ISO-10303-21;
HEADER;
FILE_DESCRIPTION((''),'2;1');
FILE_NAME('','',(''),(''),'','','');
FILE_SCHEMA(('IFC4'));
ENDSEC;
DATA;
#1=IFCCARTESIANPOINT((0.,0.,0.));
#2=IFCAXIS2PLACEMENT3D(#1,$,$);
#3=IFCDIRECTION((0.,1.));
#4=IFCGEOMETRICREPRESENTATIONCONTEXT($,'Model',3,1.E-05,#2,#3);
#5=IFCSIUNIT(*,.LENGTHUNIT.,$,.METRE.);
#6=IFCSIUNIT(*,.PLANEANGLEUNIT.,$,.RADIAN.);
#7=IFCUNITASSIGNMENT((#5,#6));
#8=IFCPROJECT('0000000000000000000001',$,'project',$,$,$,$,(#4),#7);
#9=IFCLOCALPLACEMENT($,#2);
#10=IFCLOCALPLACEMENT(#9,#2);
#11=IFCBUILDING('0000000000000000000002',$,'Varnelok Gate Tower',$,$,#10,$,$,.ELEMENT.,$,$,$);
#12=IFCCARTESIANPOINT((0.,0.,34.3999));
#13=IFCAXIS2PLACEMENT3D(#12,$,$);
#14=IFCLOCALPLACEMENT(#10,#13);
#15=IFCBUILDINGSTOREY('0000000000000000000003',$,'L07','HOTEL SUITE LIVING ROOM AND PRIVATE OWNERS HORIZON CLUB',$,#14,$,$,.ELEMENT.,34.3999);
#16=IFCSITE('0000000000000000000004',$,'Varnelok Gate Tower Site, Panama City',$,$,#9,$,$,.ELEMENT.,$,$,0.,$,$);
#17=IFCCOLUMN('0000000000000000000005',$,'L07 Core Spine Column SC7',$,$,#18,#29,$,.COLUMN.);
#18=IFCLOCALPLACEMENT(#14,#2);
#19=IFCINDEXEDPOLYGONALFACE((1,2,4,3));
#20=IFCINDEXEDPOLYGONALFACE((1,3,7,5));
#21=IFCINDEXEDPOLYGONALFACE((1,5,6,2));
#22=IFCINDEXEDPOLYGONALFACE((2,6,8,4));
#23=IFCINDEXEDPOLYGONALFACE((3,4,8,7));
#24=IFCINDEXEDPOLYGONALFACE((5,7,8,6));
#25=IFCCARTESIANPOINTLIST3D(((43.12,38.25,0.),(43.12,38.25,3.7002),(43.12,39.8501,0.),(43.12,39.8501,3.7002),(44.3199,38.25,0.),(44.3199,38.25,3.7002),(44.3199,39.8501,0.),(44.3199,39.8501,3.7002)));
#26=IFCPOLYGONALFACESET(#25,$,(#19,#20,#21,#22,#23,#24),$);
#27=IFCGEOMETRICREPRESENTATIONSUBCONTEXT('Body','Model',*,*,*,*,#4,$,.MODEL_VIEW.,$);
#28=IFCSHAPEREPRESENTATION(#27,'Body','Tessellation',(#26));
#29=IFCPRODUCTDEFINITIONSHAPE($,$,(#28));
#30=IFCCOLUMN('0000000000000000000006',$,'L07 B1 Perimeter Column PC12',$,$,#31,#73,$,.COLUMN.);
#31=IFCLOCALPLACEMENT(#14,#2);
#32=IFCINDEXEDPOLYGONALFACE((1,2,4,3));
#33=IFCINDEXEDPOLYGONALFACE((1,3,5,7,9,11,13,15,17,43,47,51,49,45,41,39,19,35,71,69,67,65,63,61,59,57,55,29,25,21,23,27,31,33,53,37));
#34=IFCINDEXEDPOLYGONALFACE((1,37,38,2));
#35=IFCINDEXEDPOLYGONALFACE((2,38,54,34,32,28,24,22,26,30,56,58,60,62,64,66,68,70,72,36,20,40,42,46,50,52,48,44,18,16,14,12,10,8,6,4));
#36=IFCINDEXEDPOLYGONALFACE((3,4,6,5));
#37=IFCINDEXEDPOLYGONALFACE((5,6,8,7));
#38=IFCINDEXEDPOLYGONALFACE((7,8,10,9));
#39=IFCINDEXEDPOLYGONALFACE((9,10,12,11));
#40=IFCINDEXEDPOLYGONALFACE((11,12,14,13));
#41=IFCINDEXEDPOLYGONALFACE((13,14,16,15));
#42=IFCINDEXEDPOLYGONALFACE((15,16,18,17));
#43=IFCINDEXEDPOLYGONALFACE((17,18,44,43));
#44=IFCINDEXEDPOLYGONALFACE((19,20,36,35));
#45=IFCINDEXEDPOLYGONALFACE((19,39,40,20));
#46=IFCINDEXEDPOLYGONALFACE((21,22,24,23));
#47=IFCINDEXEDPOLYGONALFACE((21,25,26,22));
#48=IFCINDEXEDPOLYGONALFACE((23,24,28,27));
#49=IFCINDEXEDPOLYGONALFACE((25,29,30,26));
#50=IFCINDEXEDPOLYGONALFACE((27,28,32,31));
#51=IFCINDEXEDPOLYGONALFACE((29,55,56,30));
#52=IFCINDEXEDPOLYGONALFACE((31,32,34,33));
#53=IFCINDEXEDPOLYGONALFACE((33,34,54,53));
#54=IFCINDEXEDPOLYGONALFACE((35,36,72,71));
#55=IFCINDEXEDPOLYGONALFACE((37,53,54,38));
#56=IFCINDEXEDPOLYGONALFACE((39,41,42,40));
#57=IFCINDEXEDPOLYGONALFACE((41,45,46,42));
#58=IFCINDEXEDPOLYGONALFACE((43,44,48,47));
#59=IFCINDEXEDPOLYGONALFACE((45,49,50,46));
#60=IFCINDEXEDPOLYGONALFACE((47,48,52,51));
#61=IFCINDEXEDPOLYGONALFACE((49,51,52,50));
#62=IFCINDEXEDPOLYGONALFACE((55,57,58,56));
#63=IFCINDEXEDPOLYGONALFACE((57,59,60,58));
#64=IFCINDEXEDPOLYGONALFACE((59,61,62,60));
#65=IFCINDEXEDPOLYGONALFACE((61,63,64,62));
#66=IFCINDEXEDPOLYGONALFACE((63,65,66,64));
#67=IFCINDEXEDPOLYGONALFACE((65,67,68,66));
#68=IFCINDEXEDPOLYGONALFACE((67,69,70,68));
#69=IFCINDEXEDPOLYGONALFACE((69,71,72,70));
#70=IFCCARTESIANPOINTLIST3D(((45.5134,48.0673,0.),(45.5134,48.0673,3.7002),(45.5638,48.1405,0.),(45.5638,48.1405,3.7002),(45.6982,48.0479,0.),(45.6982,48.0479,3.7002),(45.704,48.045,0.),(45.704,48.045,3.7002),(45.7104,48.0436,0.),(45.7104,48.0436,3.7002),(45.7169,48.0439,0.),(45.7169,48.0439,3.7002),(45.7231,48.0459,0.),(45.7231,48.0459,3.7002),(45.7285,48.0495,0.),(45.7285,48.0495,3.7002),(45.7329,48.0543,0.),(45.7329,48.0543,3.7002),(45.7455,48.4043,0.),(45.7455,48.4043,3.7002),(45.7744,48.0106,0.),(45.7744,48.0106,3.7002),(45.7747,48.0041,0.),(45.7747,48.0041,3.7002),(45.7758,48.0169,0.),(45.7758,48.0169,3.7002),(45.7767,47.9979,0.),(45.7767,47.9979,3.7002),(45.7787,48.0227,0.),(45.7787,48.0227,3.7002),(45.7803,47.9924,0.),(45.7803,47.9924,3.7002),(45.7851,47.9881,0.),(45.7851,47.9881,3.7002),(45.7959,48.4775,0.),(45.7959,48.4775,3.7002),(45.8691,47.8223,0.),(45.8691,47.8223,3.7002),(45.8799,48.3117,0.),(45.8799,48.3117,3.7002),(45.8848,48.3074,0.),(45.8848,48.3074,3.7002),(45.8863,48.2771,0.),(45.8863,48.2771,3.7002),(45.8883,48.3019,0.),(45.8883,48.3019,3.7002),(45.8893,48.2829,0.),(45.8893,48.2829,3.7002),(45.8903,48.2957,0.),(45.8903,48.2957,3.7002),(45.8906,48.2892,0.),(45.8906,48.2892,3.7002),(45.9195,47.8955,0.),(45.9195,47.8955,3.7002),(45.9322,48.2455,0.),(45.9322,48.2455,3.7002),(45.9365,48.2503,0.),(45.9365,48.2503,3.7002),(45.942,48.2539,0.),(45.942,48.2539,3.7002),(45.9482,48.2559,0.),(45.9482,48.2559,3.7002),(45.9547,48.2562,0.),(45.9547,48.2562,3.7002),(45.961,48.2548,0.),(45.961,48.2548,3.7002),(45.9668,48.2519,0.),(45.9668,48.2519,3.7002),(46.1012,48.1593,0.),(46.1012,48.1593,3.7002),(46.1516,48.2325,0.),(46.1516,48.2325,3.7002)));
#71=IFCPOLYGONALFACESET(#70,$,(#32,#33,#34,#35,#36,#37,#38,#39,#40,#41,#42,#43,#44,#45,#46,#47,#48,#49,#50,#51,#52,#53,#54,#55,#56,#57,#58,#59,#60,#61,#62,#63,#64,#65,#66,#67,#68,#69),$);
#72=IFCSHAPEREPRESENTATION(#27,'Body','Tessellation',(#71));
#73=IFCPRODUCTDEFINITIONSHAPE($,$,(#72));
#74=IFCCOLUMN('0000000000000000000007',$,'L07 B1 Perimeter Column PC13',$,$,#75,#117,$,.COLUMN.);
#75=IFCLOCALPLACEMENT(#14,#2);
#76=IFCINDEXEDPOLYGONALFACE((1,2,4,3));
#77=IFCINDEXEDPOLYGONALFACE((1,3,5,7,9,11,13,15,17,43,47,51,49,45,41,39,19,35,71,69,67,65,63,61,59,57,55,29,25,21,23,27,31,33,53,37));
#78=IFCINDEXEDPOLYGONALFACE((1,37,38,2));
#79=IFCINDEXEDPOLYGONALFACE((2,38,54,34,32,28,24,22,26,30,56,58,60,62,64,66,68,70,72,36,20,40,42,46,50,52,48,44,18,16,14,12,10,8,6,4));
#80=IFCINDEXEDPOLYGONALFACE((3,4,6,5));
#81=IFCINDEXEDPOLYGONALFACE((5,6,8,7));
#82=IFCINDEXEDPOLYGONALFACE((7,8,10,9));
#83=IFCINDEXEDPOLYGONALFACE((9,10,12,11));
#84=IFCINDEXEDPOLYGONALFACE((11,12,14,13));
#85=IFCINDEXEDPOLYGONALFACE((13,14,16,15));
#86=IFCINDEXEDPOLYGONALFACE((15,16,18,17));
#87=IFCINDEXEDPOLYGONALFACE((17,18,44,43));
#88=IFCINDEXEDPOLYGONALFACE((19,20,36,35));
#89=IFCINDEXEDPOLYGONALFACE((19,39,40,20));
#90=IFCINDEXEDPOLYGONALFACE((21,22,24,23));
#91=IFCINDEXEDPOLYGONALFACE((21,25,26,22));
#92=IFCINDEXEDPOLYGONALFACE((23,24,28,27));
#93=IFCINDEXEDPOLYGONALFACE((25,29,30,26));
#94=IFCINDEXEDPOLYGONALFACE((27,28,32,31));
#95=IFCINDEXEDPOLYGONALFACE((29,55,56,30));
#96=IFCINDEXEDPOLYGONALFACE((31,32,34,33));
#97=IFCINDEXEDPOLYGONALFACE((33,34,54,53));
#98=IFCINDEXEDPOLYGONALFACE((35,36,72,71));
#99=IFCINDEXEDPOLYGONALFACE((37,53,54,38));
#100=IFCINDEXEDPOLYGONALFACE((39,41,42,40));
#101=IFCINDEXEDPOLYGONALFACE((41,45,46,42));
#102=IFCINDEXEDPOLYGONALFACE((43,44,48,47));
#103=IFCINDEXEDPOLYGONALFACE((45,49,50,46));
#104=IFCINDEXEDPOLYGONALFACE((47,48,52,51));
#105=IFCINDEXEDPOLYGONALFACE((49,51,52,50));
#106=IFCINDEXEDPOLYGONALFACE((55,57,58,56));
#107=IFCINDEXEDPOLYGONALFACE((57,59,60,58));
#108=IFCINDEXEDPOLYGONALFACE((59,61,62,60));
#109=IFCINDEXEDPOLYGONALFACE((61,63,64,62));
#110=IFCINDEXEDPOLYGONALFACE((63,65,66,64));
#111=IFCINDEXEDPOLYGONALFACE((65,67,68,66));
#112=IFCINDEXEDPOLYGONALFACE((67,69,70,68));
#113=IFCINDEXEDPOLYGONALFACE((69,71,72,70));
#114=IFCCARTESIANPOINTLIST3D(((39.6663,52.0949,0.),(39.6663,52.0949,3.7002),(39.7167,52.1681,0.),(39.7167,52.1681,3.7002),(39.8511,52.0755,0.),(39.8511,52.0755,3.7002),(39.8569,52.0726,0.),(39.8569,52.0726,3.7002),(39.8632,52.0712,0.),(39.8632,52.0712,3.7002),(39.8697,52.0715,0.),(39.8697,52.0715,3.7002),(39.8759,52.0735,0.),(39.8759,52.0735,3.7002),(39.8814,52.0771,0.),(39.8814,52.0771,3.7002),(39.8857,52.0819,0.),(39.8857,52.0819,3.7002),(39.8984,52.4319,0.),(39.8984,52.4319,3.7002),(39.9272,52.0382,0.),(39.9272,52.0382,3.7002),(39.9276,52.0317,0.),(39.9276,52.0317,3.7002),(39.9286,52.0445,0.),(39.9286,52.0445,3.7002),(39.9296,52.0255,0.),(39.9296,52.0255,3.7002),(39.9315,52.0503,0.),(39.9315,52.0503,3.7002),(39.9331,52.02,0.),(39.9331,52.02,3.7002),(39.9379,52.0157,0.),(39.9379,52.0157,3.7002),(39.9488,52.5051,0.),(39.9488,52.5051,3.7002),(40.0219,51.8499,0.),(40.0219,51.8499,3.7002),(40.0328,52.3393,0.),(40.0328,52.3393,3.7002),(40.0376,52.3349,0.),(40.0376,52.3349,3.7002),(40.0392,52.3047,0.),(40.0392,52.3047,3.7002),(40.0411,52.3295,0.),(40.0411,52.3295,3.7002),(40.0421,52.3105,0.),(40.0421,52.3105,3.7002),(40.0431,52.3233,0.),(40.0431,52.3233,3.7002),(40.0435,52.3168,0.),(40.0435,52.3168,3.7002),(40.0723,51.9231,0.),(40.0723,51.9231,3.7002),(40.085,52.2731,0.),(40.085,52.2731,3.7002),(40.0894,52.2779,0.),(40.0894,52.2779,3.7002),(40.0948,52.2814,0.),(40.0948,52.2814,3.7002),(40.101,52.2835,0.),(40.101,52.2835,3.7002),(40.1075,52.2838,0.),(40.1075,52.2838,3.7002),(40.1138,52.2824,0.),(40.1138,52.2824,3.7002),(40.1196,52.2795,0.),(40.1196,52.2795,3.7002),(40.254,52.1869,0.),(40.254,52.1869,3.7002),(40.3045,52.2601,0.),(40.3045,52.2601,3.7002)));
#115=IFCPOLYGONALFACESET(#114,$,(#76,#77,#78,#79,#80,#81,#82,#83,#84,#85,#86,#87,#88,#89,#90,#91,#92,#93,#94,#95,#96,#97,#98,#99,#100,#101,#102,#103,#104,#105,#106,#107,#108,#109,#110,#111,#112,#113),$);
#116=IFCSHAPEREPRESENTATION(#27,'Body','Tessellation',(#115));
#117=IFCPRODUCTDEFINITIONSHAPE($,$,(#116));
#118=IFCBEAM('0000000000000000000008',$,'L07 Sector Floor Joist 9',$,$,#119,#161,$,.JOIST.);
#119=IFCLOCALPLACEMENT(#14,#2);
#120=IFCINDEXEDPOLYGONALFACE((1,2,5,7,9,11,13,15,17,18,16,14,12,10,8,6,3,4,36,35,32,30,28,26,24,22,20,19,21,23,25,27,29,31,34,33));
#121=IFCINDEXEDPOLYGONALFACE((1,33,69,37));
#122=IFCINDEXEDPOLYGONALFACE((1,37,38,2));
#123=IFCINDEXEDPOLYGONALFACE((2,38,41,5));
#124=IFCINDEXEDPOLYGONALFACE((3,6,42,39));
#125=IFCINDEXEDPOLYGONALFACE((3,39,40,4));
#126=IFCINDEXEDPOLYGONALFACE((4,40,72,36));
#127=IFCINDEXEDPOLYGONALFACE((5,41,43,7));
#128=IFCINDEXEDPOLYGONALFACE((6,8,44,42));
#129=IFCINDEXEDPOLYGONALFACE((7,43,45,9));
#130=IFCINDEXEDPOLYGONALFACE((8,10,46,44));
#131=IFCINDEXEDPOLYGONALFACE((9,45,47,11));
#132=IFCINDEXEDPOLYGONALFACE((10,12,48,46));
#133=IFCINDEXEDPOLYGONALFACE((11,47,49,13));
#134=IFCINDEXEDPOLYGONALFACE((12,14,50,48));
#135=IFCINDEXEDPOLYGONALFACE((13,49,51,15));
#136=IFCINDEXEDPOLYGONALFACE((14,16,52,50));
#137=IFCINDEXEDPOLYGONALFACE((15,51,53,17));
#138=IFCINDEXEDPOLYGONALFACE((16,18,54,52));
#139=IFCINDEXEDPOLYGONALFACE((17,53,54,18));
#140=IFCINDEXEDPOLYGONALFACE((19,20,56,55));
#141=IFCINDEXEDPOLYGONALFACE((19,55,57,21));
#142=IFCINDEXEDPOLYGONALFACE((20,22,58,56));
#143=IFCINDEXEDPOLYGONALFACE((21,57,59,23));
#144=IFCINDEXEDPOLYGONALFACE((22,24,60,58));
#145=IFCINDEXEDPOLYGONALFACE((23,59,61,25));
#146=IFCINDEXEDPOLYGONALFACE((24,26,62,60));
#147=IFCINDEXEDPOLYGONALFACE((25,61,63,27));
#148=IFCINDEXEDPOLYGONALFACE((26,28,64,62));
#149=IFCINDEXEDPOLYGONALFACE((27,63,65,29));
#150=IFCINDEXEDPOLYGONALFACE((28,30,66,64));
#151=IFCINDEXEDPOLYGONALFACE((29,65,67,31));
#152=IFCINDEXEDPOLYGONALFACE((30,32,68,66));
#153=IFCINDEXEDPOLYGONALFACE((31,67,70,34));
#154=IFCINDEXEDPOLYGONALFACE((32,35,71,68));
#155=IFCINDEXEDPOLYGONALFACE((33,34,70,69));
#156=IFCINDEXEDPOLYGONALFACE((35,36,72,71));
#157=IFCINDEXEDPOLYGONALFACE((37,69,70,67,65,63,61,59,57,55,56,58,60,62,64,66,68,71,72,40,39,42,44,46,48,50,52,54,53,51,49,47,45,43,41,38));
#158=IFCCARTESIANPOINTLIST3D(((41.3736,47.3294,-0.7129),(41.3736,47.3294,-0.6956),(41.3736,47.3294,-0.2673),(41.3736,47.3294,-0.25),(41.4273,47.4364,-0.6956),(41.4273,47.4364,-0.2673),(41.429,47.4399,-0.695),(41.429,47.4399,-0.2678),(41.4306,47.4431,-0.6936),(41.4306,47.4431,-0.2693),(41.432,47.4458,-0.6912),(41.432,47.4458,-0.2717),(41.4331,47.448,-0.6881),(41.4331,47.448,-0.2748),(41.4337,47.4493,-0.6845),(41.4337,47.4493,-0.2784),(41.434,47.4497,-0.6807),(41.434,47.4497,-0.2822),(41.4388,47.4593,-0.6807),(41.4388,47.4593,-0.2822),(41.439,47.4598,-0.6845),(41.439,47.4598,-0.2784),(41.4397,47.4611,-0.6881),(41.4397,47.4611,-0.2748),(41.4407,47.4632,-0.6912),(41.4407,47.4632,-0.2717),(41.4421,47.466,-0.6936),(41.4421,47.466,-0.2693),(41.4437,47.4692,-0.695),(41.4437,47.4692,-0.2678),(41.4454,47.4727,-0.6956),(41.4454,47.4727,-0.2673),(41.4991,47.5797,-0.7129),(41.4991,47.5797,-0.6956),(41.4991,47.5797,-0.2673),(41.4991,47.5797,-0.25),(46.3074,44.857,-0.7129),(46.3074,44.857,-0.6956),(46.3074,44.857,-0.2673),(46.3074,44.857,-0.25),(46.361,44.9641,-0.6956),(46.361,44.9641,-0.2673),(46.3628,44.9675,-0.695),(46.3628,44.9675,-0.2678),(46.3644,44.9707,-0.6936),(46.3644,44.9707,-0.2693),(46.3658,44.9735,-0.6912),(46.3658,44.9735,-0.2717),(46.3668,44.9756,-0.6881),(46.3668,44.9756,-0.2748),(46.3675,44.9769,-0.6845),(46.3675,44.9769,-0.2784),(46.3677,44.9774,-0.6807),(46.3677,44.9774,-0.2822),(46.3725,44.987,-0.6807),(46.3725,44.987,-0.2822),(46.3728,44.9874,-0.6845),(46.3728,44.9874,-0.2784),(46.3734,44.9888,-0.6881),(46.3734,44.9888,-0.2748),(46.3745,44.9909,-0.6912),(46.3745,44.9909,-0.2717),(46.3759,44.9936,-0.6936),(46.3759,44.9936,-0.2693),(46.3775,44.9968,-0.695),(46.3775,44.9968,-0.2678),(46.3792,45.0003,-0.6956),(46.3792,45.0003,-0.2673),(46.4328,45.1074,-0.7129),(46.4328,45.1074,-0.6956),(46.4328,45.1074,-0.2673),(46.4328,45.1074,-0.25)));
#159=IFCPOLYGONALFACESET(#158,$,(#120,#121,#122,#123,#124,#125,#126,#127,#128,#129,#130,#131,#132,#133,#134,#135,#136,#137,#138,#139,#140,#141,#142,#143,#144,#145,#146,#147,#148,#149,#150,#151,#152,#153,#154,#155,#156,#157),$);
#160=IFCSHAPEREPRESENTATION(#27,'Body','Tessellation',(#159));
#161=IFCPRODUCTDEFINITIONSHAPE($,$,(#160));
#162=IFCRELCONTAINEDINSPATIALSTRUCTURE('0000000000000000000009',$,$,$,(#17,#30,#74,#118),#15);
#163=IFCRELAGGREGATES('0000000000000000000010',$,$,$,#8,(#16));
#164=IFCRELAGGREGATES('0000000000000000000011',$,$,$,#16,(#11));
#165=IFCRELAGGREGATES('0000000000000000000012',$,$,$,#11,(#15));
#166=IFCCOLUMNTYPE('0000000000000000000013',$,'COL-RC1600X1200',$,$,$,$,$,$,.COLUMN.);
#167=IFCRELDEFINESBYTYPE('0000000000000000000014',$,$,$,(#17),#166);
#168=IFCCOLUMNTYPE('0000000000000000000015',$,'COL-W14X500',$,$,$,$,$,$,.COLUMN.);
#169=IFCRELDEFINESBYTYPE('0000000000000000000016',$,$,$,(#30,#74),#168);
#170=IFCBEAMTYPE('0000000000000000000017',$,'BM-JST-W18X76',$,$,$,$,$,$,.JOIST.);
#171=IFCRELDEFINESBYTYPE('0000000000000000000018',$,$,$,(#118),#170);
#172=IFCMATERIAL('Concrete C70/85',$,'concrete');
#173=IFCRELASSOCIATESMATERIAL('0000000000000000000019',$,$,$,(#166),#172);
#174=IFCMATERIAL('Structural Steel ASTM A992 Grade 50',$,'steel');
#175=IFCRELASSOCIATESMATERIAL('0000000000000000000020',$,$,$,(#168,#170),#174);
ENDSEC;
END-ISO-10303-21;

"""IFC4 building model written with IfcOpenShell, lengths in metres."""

from ifc_helpers import new_model, si_unit, direction, frame, origin, origin_2d, place, context, subcontext, project, spatial, rectangle, i_section, extrude, material, material_profile, profile_set, type_object, element, save


model = new_model("IFC4")

# Units and contexts
model_context = context("Model", 3, precision=1e-05, world=origin(), true_north=direction((0.0, 1.0)))
body_context = subcontext(model_context, "Body", "Model", "MODEL_VIEW")
ifc_project = project(units=[si_unit("LENGTHUNIT", "METRE"), si_unit("PLANEANGLEUNIT", "RADIAN")], contexts=[model_context])

# Site, building, storey
site_placement = place(None, origin())
site = spatial("IfcSite", under=ifc_project, at=site_placement, Name="Varnelok Gate Tower Site, Panama City", CompositionType="ELEMENT", RefElevation=0.0)
building_placement = place(site_placement, origin())
building = spatial("IfcBuilding", under=site, at=building_placement, Name="Varnelok Gate Tower", CompositionType="ELEMENT")
storey_placement = place(building_placement, frame((0.0, 0.0, 34.3999)))
storey = spatial("IfcBuildingStorey", under=building, at=storey_placement, Name="L07", Description="HOTEL SUITE LIVING ROOM AND PRIVATE OWNERS HORIZON CLUB", CompositionType="ELEMENT", Elevation=34.3999)

# Columns
ifc_material_1 = material(Name="Concrete C70/85", Category="concrete")
ifc_material_profile_1 = material_profile(ifc_material_1, rectangle(XDim=1.2, YDim=1.6001, at=origin_2d()), Name="RC1600X1200")
ifc_profile_set_1 = profile_set([ifc_material_profile_1], Name="Concrete C70/85")
column_type_1 = type_object("IfcColumnType", Name="COL-RC1600X1200", PredefinedType="COLUMN", material=ifc_profile_set_1)
column_placement = place(storey_placement, frame((43.72, 39.05, 0.0), z_axis=(0.0, 0.0, 1.0), x_axis=(1.0, 0.0, 0.0)))
element("IfcColumn", 1, at=column_placement, inside=storey, type_object=column_type_1, Name="L07 Core Spine Column SC7", PredefinedType="COLUMN", context=body_context, shape_type="SweptSolid", body=[
    extrude(rectangle(XDim=1.2, YDim=1.6001, at=origin_2d()), origin(), (0.0, 0.0, 1.0), 3.7002),
])
ifc_material_2 = material(Name="Structural Steel ASTM A992 Grade 50", Category="steel")
ifc_material_profile_2 = material_profile(ifc_material_2, i_section(OverallWidth=0.4319, OverallDepth=0.498, WebThickness=0.0557, FlangeThickness=0.0889, FilletRadius=0.0249, at=origin_2d()), Name="W14X500")
ifc_profile_set_2 = profile_set([ifc_material_profile_2], Name="Structural Steel ASTM A992 Grade 50")
column_type_2 = type_object("IfcColumnType", Name="COL-W14X500", PredefinedType="COLUMN", material=ifc_profile_set_2)
for number, where, z_axis, x_axis, name in (
    (2, (45.8325, 48.1499, 0.0), (0.0, 0.0, 1.0), (0.823533, -0.567269, 0.0), "L07 B1 Perimeter Column PC12"),
    (3, (39.9854, 52.1775, 0.0), (0.0, 0.0, 1.0), (0.823533, -0.567269, 0.0), "L07 B1 Perimeter Column PC13"),
):
    element("IfcColumn", number, at=place(storey_placement, frame(where, z_axis=z_axis, x_axis=x_axis)), inside=storey, type_object=column_type_2, Name=name, PredefinedType="COLUMN", context=body_context, shape_type="SweptSolid", body=[
        extrude(i_section(OverallWidth=0.4319, OverallDepth=0.498, WebThickness=0.0557, FlangeThickness=0.0889, FilletRadius=0.0249, at=origin_2d()), origin(), (0.0, 0.0, 1.0), 3.7002),
    ])

# Beam
ifc_material_profile_3 = material_profile(ifc_material_2, i_section(OverallWidth=0.28, OverallDepth=0.4629, WebThickness=0.0107, FlangeThickness=0.0173, FilletRadius=0.0149, at=origin_2d()), Name="W18X76")
ifc_profile_set_3 = profile_set([ifc_material_profile_3], Name="Structural Steel ASTM A992 Grade 50")
beam_type_1 = type_object("IfcBeamType", Name="BM-JST-W18X76", PredefinedType="JOIST", material=ifc_profile_set_3)
beam_1_placement = place(storey_placement, frame((46.3701, 44.9822, -0.4814), z_axis=(-0.894029, 0.44801, 0.0), x_axis=(-0.44801, -0.894029, 0.0)))
element("IfcBeam", 4, at=beam_1_placement, inside=storey, type_object=beam_type_1, Name="L07 Sector Floor Joist 9", PredefinedType="JOIST", context=body_context, shape_type="SweptSolid", body=[
    extrude(i_section(OverallWidth=0.28, OverallDepth=0.4629, WebThickness=0.0107, FlangeThickness=0.0173, FilletRadius=0.0149, at=origin_2d()), origin(), (0.0, 0.0, 1.0), 5.5186),
])

save(model, "model.ifc")
